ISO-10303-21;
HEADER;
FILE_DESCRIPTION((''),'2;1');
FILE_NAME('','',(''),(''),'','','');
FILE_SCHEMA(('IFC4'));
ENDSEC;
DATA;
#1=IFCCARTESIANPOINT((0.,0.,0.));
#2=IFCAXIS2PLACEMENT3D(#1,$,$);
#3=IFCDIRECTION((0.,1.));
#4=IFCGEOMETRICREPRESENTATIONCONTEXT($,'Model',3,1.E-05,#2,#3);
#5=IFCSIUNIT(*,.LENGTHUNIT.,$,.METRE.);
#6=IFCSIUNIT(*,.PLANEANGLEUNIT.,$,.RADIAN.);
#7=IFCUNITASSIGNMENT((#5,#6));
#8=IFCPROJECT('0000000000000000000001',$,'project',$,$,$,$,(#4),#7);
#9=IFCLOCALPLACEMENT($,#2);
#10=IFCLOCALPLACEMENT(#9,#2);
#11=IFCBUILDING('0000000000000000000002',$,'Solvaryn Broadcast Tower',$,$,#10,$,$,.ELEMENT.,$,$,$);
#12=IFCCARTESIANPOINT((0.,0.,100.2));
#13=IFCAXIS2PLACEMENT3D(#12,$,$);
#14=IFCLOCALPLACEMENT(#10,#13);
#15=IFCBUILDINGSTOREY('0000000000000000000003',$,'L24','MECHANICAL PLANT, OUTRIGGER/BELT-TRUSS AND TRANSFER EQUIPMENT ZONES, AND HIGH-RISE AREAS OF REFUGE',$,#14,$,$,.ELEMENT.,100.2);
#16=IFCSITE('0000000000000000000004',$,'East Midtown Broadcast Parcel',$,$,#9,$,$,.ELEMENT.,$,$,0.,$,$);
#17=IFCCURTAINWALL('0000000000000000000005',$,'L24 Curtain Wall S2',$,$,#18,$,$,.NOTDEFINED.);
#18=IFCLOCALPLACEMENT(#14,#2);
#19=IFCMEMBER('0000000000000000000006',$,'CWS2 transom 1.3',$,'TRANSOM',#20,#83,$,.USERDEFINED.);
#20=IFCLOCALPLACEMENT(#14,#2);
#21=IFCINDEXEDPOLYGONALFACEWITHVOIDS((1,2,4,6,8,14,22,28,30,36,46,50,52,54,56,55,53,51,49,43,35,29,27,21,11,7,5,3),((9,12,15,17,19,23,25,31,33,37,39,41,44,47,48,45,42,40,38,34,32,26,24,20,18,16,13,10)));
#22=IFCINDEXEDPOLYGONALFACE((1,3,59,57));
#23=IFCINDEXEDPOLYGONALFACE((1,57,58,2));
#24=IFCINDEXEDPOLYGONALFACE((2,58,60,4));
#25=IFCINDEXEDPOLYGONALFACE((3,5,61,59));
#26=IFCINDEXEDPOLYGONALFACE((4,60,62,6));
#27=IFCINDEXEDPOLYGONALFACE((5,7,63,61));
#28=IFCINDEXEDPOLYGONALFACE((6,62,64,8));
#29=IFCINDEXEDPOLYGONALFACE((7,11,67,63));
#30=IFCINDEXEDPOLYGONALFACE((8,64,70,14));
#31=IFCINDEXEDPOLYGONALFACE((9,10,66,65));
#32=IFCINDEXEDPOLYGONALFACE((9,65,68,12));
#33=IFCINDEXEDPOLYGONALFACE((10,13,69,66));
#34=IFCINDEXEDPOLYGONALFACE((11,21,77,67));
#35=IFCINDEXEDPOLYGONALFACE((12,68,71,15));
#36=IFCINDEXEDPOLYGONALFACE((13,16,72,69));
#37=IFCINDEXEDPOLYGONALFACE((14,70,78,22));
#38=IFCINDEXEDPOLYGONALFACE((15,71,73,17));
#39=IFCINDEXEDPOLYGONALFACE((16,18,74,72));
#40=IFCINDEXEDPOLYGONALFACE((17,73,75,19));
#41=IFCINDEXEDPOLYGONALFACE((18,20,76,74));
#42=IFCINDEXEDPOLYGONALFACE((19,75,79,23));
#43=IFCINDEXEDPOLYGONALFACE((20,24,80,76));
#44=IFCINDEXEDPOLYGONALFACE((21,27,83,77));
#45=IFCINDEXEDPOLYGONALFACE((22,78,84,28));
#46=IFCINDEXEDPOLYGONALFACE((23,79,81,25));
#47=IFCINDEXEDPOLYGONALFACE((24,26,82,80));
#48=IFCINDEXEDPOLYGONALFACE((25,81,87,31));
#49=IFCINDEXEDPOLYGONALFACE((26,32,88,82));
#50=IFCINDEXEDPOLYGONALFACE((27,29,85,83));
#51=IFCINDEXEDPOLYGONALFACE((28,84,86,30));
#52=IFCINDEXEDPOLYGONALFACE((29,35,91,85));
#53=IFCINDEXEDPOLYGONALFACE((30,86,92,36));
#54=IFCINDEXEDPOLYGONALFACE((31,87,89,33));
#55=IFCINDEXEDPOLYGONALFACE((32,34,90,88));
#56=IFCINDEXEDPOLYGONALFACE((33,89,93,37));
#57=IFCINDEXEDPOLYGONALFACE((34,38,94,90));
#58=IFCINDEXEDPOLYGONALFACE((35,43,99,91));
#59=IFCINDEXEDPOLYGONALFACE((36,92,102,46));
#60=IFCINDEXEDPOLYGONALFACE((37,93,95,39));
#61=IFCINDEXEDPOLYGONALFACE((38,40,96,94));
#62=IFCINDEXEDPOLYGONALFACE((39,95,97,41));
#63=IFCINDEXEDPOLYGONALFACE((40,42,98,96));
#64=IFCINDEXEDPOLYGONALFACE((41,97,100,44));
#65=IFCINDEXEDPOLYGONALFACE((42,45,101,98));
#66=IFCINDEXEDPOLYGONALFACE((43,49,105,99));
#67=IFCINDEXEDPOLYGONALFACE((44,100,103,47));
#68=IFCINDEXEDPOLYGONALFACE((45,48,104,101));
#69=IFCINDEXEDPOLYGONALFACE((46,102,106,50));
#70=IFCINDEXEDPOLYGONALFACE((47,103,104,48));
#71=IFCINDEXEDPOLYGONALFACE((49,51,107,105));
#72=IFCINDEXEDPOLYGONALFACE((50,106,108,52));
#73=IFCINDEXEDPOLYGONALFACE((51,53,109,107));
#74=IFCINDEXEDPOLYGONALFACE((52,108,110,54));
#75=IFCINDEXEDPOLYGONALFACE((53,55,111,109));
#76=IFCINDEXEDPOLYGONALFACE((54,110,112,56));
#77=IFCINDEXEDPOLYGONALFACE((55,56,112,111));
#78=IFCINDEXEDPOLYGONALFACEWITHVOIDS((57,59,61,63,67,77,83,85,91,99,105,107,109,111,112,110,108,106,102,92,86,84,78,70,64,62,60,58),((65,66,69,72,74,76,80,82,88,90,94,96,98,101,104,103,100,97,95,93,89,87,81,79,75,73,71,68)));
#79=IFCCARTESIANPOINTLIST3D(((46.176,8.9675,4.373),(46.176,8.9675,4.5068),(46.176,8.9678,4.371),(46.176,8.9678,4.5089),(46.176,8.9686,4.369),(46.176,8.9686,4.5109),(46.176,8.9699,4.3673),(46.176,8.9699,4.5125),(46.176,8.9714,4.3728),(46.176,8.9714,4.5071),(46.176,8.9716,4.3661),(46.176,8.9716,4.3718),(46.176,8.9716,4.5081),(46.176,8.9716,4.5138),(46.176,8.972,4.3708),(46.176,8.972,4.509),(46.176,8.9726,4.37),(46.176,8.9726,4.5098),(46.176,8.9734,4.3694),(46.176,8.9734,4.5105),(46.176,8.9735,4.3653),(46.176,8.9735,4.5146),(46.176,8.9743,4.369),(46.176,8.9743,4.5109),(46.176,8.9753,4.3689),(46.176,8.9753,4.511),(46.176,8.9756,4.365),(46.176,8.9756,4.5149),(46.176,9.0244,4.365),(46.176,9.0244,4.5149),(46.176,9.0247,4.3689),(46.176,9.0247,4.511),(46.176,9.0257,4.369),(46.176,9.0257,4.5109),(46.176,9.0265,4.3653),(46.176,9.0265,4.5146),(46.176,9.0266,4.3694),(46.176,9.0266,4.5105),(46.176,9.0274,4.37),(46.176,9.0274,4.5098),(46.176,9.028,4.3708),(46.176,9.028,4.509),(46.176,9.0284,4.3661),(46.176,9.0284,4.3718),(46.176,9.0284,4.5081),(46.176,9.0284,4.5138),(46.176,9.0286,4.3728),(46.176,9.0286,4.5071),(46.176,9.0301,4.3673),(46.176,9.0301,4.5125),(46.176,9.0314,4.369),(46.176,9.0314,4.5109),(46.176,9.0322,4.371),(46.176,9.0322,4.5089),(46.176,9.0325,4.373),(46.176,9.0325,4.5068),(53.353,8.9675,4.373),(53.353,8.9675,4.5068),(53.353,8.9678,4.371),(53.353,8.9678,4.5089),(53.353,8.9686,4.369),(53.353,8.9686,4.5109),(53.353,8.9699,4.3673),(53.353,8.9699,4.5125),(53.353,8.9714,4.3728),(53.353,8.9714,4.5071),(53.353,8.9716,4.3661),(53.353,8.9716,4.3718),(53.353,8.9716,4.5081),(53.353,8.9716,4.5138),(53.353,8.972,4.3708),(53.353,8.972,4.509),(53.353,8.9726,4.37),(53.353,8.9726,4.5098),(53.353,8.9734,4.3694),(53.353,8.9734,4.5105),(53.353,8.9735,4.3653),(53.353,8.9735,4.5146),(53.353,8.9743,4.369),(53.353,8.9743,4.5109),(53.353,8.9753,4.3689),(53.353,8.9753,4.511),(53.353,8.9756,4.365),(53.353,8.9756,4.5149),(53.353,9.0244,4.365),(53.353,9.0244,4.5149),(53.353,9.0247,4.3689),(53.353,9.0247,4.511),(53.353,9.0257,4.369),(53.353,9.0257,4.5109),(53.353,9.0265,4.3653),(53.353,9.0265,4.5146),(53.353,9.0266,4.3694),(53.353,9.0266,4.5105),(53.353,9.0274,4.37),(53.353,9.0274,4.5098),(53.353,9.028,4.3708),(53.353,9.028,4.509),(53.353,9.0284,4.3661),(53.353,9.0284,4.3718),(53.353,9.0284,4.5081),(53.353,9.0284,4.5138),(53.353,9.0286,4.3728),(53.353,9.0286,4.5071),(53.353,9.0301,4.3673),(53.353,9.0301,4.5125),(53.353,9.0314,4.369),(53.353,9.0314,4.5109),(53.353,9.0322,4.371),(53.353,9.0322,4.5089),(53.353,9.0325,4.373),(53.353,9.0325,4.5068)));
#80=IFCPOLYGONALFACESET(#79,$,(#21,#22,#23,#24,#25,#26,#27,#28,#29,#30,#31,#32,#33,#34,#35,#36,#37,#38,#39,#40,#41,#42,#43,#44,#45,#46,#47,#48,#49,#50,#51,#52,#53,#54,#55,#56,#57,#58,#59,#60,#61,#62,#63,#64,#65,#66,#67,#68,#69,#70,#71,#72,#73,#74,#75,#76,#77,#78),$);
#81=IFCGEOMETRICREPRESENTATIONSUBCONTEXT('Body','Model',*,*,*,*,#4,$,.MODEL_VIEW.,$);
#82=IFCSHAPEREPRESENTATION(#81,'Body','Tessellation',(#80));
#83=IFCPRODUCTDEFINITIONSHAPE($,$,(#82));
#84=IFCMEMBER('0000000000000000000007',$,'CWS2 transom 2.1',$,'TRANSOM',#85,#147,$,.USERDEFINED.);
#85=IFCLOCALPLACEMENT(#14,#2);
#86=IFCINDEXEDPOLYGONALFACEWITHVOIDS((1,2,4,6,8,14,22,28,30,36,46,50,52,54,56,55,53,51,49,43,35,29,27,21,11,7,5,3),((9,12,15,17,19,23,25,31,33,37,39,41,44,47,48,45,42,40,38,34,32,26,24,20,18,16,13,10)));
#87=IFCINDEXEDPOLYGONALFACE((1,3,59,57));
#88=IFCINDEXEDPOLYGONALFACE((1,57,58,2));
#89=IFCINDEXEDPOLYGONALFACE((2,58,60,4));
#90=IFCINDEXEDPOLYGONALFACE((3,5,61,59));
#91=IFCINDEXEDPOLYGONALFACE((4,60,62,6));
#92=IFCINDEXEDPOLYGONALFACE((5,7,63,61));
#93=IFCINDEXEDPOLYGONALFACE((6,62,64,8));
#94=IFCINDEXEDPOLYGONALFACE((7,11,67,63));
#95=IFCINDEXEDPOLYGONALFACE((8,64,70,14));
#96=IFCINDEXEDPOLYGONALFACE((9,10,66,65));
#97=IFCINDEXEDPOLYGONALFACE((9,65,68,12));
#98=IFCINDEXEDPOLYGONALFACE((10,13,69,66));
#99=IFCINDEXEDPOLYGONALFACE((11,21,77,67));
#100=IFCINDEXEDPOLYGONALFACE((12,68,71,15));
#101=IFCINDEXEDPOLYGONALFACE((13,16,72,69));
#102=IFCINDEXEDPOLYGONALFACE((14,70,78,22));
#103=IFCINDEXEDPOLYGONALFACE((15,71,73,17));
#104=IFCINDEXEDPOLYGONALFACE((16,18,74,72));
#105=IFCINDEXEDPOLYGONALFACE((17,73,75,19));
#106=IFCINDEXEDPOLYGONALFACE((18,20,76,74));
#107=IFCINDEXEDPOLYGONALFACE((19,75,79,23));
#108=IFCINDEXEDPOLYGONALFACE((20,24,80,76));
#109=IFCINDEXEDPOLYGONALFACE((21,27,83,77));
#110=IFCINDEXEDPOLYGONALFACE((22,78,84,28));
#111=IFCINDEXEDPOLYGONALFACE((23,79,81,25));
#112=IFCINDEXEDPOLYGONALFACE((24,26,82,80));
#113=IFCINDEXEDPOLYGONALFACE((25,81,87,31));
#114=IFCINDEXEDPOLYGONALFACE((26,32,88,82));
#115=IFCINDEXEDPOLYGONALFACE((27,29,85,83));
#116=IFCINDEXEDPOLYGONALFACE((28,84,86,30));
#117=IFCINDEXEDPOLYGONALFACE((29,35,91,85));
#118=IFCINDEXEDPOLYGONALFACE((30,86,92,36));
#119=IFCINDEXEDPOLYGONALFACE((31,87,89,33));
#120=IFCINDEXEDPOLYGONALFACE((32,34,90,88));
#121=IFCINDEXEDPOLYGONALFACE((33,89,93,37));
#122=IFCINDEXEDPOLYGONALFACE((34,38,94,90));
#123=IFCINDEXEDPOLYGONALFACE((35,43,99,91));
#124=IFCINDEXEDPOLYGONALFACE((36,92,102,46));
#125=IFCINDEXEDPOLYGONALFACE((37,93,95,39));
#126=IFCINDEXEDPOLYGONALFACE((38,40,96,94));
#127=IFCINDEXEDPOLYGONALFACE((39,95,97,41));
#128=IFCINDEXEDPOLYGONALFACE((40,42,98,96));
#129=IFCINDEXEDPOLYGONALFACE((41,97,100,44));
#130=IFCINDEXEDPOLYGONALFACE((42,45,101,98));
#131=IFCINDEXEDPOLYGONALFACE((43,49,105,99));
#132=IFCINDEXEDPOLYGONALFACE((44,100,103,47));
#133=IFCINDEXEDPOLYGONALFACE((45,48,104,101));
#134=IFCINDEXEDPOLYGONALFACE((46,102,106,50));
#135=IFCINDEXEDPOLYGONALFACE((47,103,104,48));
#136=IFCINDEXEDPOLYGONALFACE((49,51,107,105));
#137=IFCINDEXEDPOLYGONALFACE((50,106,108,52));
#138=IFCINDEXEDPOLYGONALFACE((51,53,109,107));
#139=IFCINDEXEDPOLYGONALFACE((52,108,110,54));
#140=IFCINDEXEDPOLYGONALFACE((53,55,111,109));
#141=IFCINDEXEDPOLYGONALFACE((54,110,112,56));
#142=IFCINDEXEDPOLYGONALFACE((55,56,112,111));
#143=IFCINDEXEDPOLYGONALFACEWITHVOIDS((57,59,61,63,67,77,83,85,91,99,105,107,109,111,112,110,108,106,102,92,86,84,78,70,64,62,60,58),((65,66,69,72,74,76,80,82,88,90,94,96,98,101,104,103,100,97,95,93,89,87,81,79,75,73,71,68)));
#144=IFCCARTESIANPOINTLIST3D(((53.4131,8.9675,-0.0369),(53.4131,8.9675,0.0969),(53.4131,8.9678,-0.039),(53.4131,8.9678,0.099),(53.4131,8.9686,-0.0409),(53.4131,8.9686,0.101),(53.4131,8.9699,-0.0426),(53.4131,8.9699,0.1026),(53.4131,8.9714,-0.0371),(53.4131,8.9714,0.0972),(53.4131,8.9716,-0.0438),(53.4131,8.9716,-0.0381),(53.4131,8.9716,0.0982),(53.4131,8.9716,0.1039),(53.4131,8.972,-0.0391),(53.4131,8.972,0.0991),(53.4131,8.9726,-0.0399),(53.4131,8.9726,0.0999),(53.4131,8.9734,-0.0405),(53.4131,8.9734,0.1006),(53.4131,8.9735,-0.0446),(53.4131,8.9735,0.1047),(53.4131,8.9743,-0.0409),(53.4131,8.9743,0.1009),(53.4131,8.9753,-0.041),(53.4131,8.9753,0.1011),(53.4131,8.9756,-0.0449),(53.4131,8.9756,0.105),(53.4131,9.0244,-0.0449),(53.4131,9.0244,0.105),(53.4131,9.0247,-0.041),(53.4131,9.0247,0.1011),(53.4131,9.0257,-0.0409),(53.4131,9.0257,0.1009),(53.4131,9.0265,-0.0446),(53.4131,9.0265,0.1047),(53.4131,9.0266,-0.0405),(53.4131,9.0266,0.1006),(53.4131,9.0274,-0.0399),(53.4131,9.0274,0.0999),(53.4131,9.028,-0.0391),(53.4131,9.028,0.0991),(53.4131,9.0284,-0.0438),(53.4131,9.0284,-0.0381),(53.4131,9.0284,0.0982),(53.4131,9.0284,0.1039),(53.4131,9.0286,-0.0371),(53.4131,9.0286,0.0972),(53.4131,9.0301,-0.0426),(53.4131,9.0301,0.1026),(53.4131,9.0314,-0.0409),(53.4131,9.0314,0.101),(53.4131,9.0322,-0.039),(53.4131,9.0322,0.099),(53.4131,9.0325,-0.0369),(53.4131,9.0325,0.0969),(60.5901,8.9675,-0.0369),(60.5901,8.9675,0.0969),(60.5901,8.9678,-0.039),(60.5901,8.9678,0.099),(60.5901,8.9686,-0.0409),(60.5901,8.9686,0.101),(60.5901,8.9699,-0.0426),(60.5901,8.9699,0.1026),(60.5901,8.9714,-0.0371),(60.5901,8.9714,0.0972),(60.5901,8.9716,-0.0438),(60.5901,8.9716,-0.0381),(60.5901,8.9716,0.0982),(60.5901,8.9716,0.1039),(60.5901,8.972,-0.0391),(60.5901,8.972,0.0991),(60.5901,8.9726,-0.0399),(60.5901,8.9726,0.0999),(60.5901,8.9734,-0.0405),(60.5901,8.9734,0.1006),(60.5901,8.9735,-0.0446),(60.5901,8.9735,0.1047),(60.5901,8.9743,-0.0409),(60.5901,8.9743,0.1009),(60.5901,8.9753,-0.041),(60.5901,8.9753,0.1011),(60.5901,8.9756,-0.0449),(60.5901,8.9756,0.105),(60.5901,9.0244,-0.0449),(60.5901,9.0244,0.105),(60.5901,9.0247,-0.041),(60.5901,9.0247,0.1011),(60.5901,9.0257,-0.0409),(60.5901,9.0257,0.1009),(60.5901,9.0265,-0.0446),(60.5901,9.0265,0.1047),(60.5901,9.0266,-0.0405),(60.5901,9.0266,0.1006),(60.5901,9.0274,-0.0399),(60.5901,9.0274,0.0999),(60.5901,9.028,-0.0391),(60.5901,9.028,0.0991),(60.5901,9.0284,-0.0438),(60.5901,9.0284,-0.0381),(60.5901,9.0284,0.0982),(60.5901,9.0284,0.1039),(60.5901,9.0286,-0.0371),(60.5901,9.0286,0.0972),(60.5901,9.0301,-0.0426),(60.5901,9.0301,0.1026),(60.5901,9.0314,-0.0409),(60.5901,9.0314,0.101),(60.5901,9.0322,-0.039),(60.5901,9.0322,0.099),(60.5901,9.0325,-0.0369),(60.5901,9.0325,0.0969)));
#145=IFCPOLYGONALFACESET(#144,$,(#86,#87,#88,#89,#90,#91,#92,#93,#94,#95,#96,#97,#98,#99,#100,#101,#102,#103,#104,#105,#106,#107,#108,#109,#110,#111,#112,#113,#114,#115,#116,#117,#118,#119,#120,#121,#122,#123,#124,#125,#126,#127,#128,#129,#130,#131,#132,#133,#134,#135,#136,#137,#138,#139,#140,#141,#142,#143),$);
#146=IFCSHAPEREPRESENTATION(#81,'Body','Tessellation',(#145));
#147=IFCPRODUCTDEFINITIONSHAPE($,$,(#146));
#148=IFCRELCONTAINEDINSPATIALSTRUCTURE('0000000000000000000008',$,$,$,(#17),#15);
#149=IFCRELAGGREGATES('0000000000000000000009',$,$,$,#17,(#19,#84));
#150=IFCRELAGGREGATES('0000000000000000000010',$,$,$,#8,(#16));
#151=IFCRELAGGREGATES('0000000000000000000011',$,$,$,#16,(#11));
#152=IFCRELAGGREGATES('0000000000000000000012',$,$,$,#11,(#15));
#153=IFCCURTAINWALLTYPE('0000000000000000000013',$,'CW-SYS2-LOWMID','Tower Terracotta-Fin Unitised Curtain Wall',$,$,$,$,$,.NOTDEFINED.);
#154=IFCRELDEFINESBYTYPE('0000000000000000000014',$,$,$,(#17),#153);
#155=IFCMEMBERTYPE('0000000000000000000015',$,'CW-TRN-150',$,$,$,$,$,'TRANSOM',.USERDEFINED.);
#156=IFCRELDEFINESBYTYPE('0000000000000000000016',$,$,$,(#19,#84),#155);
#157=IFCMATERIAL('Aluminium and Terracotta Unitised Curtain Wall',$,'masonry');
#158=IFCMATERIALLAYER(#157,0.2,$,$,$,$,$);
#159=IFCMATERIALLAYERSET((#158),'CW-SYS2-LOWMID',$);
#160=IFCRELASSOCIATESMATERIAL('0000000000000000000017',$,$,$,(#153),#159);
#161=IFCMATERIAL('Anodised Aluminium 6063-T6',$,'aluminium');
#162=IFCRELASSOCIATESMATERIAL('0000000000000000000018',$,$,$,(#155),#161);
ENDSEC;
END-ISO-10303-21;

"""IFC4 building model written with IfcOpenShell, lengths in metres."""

from ifc_helpers import new_model, si_unit, direction, frame, origin, origin_2d, place, context, subcontext, project, spatial, hollow_rectangle, extrude, material, layer, layer_set, material_profile, profile_set, type_object, element, aggregate, save


model = new_model("IFC4")

# Units and contexts
model_context = context("Model", 3, precision=1e-05, world=origin(), true_north=direction((0.0, 1.0)))
body_context = subcontext(model_context, "Body", "Model", "MODEL_VIEW")
ifc_project = project(units=[si_unit("LENGTHUNIT", "METRE"), si_unit("PLANEANGLEUNIT", "RADIAN")], contexts=[model_context])

# Site, building, storey
site_placement = place(None, origin())
site = spatial("IfcSite", under=ifc_project, at=site_placement, Name="East Midtown Broadcast Parcel", CompositionType="ELEMENT", RefElevation=0.0)
building_placement = place(site_placement, origin())
building = spatial("IfcBuilding", under=site, at=building_placement, Name="Solvaryn Broadcast Tower", CompositionType="ELEMENT")
storey_placement = place(building_placement, frame((0.0, 0.0, 100.2)))
storey = spatial("IfcBuildingStorey", under=building, at=storey_placement, Name="L24", Description="MECHANICAL PLANT, OUTRIGGER/BELT-TRUSS AND TRANSFER EQUIPMENT ZONES, AND HIGH-RISE AREAS OF REFUGE", CompositionType="ELEMENT", Elevation=100.2)

# Curtain wall
ifc_material_1 = material(Name="Aluminium and Terracotta Unitised Curtain Wall", Category="masonry")
ifc_layer_1 = layer(ifc_material_1, 0.2)
ifc_layer_set_1 = layer_set([ifc_layer_1], Name="CW-SYS2-LOWMID")
curtain_wall_type = type_object("IfcCurtainWallType", Name="CW-SYS2-LOWMID", Description="Tower Terracotta-Fin Unitised Curtain Wall", PredefinedType="NOTDEFINED", material=ifc_layer_set_1)
curtain_wall_1_placement = place(storey_placement, origin())
curtain_wall_1 = element("IfcCurtainWall", 1, at=curtain_wall_1_placement, inside=storey, type_object=curtain_wall_type, Name="L24 Curtain Wall S2", PredefinedType="NOTDEFINED")

# Members
ifc_material_2 = material(Name="Anodised Aluminium 6063-T6", Category="aluminium")
ifc_material_profile_1 = material_profile(ifc_material_2, hollow_rectangle(XDim=0.0649, YDim=0.1499, WallThickness=0.0039, InnerFilletRadius=0.0039, OuterFilletRadius=0.0081, at=origin_2d()))
ifc_profile_set_1 = profile_set([ifc_material_profile_1], Name="Anodised Aluminium 6063-T6")
member_type_1 = type_object("IfcMemberType", Name="CW-TRN-150", ElementType="TRANSOM", PredefinedType="USERDEFINED", material=ifc_profile_set_1)
member_1_placement = place(storey_placement, frame((46.176, 9.0, 4.4399), z_axis=(1.0, 0.0, 0.0), x_axis=(0.0, 1.0, 0.0)))
member_1 = element("IfcMember", 2, at=member_1_placement, type_object=member_type_1, Name="CWS2 transom 1.3", ObjectType="TRANSOM", PredefinedType="USERDEFINED", context=body_context, shape_type="SweptSolid", body=[
    extrude(hollow_rectangle(XDim=0.0649, YDim=0.1499, WallThickness=0.0039, InnerFilletRadius=0.0039, OuterFilletRadius=0.0081, at=origin_2d()), origin(), (0.0, 0.0, 1.0), 7.177),
])
member_2_placement = place(storey_placement, frame((53.4131, 9.0, 0.03), z_axis=(1.0, 0.0, 0.0), x_axis=(0.0, 1.0, 0.0)))
member_2 = element("IfcMember", 3, at=member_2_placement, type_object=member_type_1, Name="CWS2 transom 2.1", ObjectType="TRANSOM", PredefinedType="USERDEFINED", context=body_context, shape_type="SweptSolid", body=[
    extrude(hollow_rectangle(XDim=0.0649, YDim=0.1499, WallThickness=0.0039, InnerFilletRadius=0.0039, OuterFilletRadius=0.0081, at=origin_2d()), origin(), (0.0, 0.0, 1.0), 7.177),
])

aggregate(curtain_wall_1, [member_1, member_2])

save(model, "model.ifc")
